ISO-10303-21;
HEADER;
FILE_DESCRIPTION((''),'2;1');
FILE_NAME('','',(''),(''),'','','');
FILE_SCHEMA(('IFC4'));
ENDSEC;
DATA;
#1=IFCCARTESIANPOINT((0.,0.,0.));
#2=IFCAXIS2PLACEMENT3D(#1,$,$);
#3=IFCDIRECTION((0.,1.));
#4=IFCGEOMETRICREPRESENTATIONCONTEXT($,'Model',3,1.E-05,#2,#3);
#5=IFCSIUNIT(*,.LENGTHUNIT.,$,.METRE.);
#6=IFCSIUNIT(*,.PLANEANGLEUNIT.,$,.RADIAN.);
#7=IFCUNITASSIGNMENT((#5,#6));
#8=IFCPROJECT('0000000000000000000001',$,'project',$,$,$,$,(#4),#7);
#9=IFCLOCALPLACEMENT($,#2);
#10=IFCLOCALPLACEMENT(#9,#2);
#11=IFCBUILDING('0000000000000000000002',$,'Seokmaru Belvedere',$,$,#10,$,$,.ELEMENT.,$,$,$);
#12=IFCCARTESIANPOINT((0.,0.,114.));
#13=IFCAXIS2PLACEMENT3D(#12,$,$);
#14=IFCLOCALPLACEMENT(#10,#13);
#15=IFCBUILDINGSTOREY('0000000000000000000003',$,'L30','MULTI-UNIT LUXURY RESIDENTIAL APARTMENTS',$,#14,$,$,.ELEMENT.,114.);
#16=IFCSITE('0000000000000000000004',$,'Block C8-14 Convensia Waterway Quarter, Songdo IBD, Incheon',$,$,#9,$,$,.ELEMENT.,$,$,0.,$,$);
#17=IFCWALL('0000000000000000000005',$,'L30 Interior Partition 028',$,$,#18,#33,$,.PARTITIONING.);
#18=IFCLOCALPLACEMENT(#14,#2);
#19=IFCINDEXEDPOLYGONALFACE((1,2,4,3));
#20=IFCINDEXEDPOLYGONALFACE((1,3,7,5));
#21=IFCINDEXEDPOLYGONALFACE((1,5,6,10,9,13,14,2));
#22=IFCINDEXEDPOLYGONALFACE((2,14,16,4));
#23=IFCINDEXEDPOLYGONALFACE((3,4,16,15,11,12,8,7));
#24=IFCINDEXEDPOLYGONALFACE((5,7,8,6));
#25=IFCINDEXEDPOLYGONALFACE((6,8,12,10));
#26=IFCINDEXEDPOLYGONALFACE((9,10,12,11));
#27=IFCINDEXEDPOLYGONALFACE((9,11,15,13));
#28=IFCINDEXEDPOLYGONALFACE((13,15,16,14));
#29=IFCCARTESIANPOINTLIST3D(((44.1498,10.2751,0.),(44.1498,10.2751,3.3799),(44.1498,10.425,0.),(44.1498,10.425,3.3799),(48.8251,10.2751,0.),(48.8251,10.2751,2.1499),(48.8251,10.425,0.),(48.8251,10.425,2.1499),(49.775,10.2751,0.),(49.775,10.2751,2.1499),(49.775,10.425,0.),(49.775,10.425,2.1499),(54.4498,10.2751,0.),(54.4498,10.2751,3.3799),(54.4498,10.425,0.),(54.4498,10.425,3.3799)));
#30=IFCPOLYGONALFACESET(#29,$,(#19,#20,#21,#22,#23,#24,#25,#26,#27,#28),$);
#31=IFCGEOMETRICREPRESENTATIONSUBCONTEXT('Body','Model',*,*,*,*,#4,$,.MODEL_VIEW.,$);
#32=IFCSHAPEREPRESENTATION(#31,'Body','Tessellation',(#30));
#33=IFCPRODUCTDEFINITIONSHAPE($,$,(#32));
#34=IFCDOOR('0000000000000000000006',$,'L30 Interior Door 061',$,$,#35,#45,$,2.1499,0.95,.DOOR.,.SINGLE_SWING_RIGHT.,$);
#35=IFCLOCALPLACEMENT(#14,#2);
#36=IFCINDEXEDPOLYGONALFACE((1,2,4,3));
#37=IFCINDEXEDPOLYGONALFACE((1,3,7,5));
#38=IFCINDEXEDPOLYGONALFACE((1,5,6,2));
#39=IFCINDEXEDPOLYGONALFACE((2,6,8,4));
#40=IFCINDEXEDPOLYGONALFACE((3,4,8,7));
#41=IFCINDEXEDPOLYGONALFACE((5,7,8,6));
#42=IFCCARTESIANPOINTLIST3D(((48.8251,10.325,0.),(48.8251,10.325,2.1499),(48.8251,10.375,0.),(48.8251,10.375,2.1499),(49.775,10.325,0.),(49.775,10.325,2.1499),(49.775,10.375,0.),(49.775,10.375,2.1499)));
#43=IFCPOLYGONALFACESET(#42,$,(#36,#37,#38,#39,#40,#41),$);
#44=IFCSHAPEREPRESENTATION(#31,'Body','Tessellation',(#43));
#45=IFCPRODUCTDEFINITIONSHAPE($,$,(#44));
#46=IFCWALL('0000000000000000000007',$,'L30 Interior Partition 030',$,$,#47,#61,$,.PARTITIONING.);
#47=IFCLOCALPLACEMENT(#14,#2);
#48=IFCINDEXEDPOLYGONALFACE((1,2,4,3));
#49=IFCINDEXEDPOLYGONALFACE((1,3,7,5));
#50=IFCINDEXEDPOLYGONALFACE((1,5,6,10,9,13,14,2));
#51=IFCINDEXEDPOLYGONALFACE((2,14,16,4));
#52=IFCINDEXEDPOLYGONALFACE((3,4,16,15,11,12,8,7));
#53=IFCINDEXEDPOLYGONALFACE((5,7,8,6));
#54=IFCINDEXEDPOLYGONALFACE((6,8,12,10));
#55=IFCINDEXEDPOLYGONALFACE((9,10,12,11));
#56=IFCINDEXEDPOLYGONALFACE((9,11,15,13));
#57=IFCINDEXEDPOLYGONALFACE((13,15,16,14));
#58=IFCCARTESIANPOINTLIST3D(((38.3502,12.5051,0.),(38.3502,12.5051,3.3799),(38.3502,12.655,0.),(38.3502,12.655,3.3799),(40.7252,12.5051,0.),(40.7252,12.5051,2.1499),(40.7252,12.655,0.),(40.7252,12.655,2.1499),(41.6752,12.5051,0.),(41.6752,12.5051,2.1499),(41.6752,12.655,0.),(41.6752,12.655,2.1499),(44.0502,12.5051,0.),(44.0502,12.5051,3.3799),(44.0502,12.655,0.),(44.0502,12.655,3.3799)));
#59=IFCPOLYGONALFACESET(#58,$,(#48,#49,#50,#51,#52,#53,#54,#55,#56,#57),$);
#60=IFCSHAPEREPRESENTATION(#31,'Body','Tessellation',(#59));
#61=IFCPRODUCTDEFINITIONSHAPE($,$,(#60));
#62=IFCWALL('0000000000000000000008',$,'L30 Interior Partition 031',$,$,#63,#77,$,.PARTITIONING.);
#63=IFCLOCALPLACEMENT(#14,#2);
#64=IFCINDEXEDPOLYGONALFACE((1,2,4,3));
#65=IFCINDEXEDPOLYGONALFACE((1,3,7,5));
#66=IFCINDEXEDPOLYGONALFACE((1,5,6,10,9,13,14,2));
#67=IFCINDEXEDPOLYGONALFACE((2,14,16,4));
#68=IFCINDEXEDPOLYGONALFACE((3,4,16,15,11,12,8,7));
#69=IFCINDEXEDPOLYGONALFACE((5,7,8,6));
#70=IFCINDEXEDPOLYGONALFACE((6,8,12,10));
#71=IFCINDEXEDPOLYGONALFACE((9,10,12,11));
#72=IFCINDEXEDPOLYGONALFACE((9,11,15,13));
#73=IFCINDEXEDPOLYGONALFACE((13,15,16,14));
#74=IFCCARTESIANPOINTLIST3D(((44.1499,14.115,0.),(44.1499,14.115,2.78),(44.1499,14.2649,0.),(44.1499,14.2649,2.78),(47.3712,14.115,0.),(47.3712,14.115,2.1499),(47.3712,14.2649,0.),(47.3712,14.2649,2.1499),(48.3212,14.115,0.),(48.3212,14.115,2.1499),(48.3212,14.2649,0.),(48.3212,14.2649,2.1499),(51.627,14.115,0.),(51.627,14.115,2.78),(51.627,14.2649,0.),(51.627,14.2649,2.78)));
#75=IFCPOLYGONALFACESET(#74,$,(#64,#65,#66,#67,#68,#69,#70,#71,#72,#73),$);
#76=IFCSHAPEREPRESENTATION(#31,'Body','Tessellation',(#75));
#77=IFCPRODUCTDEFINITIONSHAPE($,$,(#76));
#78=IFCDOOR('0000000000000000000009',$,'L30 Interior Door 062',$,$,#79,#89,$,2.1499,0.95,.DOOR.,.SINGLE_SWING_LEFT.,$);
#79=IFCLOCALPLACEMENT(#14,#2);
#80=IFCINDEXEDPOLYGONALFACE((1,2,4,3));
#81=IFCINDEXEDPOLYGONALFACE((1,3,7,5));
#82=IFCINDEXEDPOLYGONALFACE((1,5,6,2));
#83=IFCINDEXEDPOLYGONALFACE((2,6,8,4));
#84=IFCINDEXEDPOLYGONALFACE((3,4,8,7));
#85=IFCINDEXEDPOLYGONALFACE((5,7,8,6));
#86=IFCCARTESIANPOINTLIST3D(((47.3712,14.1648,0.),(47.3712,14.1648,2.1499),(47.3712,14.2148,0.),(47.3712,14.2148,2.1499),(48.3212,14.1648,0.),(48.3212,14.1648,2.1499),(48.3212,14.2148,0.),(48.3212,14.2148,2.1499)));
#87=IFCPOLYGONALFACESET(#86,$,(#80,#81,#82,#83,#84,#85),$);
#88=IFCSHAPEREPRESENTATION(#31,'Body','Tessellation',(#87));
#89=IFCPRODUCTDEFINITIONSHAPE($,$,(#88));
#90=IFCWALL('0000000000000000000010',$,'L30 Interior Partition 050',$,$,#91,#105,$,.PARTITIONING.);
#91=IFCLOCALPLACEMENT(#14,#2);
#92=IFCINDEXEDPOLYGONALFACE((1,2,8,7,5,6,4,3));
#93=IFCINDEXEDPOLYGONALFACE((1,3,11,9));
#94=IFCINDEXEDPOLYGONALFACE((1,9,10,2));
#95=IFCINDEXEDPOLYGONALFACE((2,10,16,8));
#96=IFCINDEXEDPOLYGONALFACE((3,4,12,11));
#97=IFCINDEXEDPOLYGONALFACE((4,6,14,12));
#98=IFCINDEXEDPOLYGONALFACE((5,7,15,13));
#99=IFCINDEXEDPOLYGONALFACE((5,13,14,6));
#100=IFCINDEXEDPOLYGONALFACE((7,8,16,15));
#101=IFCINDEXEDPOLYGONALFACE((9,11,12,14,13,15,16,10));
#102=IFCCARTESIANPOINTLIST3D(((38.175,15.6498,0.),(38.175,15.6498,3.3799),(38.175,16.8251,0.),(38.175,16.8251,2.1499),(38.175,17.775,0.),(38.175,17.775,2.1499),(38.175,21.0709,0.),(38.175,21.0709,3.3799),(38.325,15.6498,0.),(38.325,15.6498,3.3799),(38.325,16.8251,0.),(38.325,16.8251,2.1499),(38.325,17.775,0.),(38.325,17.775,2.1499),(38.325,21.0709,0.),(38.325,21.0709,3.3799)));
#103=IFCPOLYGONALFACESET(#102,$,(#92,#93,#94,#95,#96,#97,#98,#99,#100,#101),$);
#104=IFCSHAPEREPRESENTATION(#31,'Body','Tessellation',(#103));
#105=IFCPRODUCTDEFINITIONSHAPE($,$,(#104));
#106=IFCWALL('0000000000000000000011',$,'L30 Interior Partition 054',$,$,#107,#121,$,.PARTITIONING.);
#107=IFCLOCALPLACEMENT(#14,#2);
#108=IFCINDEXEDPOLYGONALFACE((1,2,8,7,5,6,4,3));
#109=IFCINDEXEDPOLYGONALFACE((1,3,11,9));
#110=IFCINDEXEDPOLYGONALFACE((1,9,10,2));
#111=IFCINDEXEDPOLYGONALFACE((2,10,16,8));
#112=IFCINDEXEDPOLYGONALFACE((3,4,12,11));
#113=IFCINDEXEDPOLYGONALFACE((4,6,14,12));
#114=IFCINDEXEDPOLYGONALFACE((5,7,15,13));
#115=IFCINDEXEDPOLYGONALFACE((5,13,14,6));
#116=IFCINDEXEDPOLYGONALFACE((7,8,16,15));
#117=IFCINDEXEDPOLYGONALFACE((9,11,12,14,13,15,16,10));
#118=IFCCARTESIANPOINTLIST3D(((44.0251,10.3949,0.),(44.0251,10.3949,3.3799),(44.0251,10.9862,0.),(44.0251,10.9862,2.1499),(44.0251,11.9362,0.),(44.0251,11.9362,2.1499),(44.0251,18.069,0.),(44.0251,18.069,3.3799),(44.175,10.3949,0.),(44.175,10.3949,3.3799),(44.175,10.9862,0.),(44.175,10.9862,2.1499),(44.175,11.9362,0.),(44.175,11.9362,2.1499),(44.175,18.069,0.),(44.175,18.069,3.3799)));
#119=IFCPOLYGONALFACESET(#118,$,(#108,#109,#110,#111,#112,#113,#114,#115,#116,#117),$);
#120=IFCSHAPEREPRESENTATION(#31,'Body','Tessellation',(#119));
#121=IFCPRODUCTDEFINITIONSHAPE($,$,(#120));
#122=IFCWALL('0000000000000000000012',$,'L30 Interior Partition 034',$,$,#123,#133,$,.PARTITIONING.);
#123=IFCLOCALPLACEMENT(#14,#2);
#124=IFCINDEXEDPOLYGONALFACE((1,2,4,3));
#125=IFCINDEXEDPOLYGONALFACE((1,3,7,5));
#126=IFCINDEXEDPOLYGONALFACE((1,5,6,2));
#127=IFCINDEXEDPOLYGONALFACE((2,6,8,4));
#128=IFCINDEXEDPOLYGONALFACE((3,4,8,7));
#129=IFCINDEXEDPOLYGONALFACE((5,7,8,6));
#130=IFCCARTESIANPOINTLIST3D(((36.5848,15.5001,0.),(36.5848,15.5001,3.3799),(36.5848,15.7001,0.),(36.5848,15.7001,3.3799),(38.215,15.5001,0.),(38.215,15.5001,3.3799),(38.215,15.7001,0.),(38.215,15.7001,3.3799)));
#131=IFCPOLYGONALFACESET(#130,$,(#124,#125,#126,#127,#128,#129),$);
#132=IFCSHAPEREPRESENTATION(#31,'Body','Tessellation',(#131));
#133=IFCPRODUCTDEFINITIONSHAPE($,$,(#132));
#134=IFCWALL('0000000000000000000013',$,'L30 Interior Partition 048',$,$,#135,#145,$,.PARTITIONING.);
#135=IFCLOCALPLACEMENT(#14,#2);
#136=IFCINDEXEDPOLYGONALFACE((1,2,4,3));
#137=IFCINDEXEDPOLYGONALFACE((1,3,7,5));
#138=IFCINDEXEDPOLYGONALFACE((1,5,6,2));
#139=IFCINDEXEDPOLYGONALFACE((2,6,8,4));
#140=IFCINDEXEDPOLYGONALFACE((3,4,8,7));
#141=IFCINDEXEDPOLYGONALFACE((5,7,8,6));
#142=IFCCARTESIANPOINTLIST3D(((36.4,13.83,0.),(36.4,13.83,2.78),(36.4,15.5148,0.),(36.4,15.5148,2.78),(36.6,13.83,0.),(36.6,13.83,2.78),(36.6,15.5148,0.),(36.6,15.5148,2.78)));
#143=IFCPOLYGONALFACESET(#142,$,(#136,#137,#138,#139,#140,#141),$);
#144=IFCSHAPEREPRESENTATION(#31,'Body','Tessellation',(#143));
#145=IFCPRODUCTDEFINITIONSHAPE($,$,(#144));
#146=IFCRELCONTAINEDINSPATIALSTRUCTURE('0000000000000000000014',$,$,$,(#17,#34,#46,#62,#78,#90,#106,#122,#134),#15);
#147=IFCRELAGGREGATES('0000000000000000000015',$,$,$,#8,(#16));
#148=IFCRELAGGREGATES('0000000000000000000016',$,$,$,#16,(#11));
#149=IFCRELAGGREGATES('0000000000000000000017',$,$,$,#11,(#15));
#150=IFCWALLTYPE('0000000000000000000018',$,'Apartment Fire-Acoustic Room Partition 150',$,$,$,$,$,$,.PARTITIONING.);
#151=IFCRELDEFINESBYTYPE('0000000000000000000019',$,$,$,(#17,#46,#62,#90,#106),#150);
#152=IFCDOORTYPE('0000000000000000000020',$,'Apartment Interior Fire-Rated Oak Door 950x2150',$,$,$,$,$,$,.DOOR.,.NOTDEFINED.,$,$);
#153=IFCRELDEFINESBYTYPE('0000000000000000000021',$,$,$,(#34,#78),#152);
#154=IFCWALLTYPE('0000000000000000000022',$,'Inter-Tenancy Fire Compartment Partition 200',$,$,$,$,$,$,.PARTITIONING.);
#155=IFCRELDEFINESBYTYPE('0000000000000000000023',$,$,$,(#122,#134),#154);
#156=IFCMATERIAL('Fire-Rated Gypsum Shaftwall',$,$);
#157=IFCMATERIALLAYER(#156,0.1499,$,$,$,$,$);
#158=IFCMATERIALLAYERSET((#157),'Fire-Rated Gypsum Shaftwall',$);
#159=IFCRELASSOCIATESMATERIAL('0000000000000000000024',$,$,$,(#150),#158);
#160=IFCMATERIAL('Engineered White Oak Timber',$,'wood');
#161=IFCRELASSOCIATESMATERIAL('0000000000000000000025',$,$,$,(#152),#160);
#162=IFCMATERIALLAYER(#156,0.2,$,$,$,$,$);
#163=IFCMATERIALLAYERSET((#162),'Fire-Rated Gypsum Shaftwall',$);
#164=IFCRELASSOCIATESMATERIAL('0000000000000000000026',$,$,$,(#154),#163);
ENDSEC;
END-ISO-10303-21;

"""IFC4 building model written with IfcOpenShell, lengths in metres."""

from ifc_helpers import new_model, si_unit, direction, frame, frame_2d, origin, place, context, subcontext, project, spatial, rectangle, extrude, source, transform, mapped, material, layer, layer_set, type_object, type_shapes, element, fill, save


model = new_model("IFC4")

# Units and contexts
model_context = context("Model", 3, precision=1e-05, world=origin(), true_north=direction((0.0, 1.0)))
body_context = subcontext(model_context, "Body", "Model", "MODEL_VIEW")
ifc_project = project(units=[si_unit("LENGTHUNIT", "METRE"), si_unit("PLANEANGLEUNIT", "RADIAN")], contexts=[model_context])

# Site, building, storey
site_placement = place(None, origin())
site = spatial("IfcSite", under=ifc_project, at=site_placement, Name="Block C8-14 Convensia Waterway Quarter, Songdo IBD, Incheon", CompositionType="ELEMENT", RefElevation=0.0)
building_placement = place(site_placement, origin())
building = spatial("IfcBuilding", under=site, at=building_placement, Name="Seokmaru Belvedere", CompositionType="ELEMENT")
storey_placement = place(building_placement, frame((0.0, 0.0, 114.0)))
storey = spatial("IfcBuildingStorey", under=building, at=storey_placement, Name="L30", Description="MULTI-UNIT LUXURY RESIDENTIAL APARTMENTS", CompositionType="ELEMENT", Elevation=114.0)

# Wall, opening, door
ifc_material_1 = material(Name="Fire-Rated Gypsum Shaftwall")
ifc_layer_1 = layer(ifc_material_1, 0.1499)
ifc_layer_set_1 = layer_set([ifc_layer_1], Name="Fire-Rated Gypsum Shaftwall")
wall_type_1 = type_object("IfcWallType", Name="Apartment Fire-Acoustic Room Partition 150", PredefinedType="PARTITIONING", material=ifc_layer_set_1)
wall_1_placement = place(storey_placement, frame((44.1499, 10.3501, 0.0), z_axis=(0.0, 0.0, 1.0), x_axis=(1.0, 0.0, 0.0)))
wall_1 = element("IfcWall", 1, at=wall_1_placement, inside=storey, type_object=wall_type_1, Name="L30 Interior Partition 028", PredefinedType="PARTITIONING", context=body_context, shape_type="SweptSolid", body=[
    extrude(rectangle(XDim=10.3, YDim=0.1499, at=frame_2d((5.1499, 0.0))), origin(), (0.0, 0.0, 1.0), 3.3799),
])
opening_1_placement = place(wall_1_placement, frame((4.675, 0.0, 0.0)))
opening_1 = element("IfcOpeningElement", 2, at=opening_1_placement, cuts=wall_1, PredefinedType="OPENING", context=body_context, shape_type="SweptSolid", body=[
    extrude(rectangle(XDim=0.95, YDim=2.1499, at=frame_2d((0.4751, 1.075))), frame((0.0, 0.085, 0.0), z_axis=(0.0, -1.0, 0.0), x_axis=(1.0, 0.0, 0.0)), (0.0, 0.0, 1.0), 0.1699),
])
ifc_material_2 = material(Name="Engineered White Oak Timber", Category="wood")
door_type = type_object("IfcDoorType", Name="Apartment Interior Fire-Rated Oak Door 950x2150", OperationType="NOTDEFINED", PredefinedType="DOOR", material=ifc_material_2)
shared_shape_1 = source(origin(), body_context, "Body", "SweptSolid", [
    extrude(rectangle(XDim=0.95, YDim=2.1499, at=frame_2d((0.4751, 1.075))), frame((0.0, 0.0249, 0.0), z_axis=(0.0, -1.0, 0.0), x_axis=(1.0, 0.0, 0.0)), (0.0, 0.0, 1.0), 0.05),
])
type_shapes(door_type, [shared_shape_1])
door_1_placement = place(opening_1_placement, origin())
door_1 = element("IfcDoor", 3, at=door_1_placement, inside=storey, type_object=door_type, Name="L30 Interior Door 061", OperationType="SINGLE_SWING_RIGHT", OverallHeight=2.1499, OverallWidth=0.95, PredefinedType="DOOR", context=body_context, shape_type="MappedRepresentation", body=[
    mapped(shared_shape_1, transform((0.0, 0.0, 0.0), scale=1.0)),
])
fill(opening_1, door_1)

# Wall, opening
wall_2_placement = place(storey_placement, frame((38.3501, 12.5801, 0.0), z_axis=(0.0, 0.0, 1.0), x_axis=(1.0, 0.0, 0.0)))
wall_2 = element("IfcWall", 4, at=wall_2_placement, inside=storey, type_object=wall_type_1, Name="L30 Interior Partition 030", PredefinedType="PARTITIONING", context=body_context, shape_type="SweptSolid", body=[
    extrude(rectangle(XDim=5.7, YDim=0.1499, at=frame_2d((2.8501, 0.0))), origin(), (0.0, 0.0, 1.0), 3.3799),
])
opening_2_placement = place(wall_2_placement, frame((2.375, 0.0, 0.0)))
element("IfcOpeningElement", 5, at=opening_2_placement, cuts=wall_2, PredefinedType="OPENING", context=body_context, shape_type="SweptSolid", body=[
    extrude(rectangle(XDim=0.95, YDim=2.1499, at=frame_2d((0.4751, 1.075))), frame((0.0, 0.085, 0.0), z_axis=(0.0, -1.0, 0.0), x_axis=(1.0, 0.0, 0.0)), (0.0, 0.0, 1.0), 0.1699),
])

# Wall, opening, door
wall_3_placement = place(storey_placement, frame((44.1499, 14.1899, 0.0), z_axis=(0.0, 0.0, 1.0), x_axis=(1.0, 0.0, 0.0)))
wall_3 = element("IfcWall", 6, at=wall_3_placement, inside=storey, type_object=wall_type_1, Name="L30 Interior Partition 031", PredefinedType="PARTITIONING", context=body_context, shape_type="SweptSolid", body=[
    extrude(rectangle(XDim=7.4771, YDim=0.1499, at=frame_2d((3.7385, 0.0))), origin(), (0.0, 0.0, 1.0), 2.78),
])
opening_3_placement = place(wall_3_placement, frame((3.2212, 0.0, 0.0)))
opening_3 = element("IfcOpeningElement", 7, at=opening_3_placement, cuts=wall_3, PredefinedType="OPENING", context=body_context, shape_type="SweptSolid", body=[
    extrude(rectangle(XDim=0.95, YDim=2.1499, at=frame_2d((0.4751, 1.075))), frame((0.0, 0.085, 0.0), z_axis=(0.0, -1.0, 0.0), x_axis=(1.0, 0.0, 0.0)), (0.0, 0.0, 1.0), 0.1699),
])
door_2_placement = place(opening_3_placement, origin())
door_2 = element("IfcDoor", 8, at=door_2_placement, inside=storey, type_object=door_type, Name="L30 Interior Door 062", OperationType="SINGLE_SWING_LEFT", OverallHeight=2.1499, OverallWidth=0.95, PredefinedType="DOOR", context=body_context, shape_type="MappedRepresentation", body=[
    mapped(shared_shape_1, transform((0.0, 0.0, 0.0), scale=1.0)),
])
fill(opening_3, door_2)

# Walls, openings
wall_4_placement = place(storey_placement, frame((38.25, 15.6499, 0.0), z_axis=(0.0, 0.0, 1.0), x_axis=(0.0, 1.0, 0.0)))
wall_4 = element("IfcWall", 9, at=wall_4_placement, inside=storey, type_object=wall_type_1, Name="L30 Interior Partition 050", PredefinedType="PARTITIONING", context=body_context, shape_type="SweptSolid", body=[
    extrude(rectangle(XDim=5.4211, YDim=0.1499, at=frame_2d((2.7104, 0.0))), origin(), (0.0, 0.0, 1.0), 3.3799),
])
opening_4_placement = place(wall_4_placement, frame((1.175, 0.0, 0.0)))
element("IfcOpeningElement", 10, at=opening_4_placement, cuts=wall_4, PredefinedType="OPENING", context=body_context, shape_type="SweptSolid", body=[
    extrude(rectangle(XDim=0.95, YDim=2.1499, at=frame_2d((0.4751, 1.075))), frame((0.0, 0.085, 0.0), z_axis=(0.0, -1.0, 0.0), x_axis=(1.0, 0.0, 0.0)), (0.0, 0.0, 1.0), 0.1699),
])
wall_5_placement = place(storey_placement, frame((44.1001, 10.395, 0.0), z_axis=(0.0, 0.0, 1.0), x_axis=(0.0, 1.0, 0.0)))
wall_5 = element("IfcWall", 11, at=wall_5_placement, inside=storey, type_object=wall_type_1, Name="L30 Interior Partition 054", PredefinedType="PARTITIONING", context=body_context, shape_type="SweptSolid", body=[
    extrude(rectangle(XDim=7.6741, YDim=0.1499, at=frame_2d((3.8369, 0.0))), origin(), (0.0, 0.0, 1.0), 3.3799),
])
opening_5_placement = place(wall_5_placement, frame((0.5911, 0.0, 0.0)))
element("IfcOpeningElement", 12, at=opening_5_placement, cuts=wall_5, PredefinedType="OPENING", context=body_context, shape_type="SweptSolid", body=[
    extrude(rectangle(XDim=0.95, YDim=2.1499, at=frame_2d((0.4751, 1.075))), frame((0.0, 0.085, 0.0), z_axis=(0.0, -1.0, 0.0), x_axis=(1.0, 0.0, 0.0)), (0.0, 0.0, 1.0), 0.1699),
])

# Walls
ifc_layer_2 = layer(ifc_material_1, 0.2)
ifc_layer_set_2 = layer_set([ifc_layer_2], Name="Fire-Rated Gypsum Shaftwall")
wall_type_2 = type_object("IfcWallType", Name="Inter-Tenancy Fire Compartment Partition 200", PredefinedType="PARTITIONING", material=ifc_layer_set_2)
wall_6_placement = place(storey_placement, frame((36.585, 15.6001, 0.0), z_axis=(0.0, 0.0, 1.0), x_axis=(1.0, 0.0, 0.0)))
element("IfcWall", 13, at=wall_6_placement, inside=storey, type_object=wall_type_2, Name="L30 Interior Partition 034", PredefinedType="PARTITIONING", context=body_context, shape_type="SweptSolid", body=[
    extrude(rectangle(XDim=1.6301, YDim=0.2, at=frame_2d((0.8149, 0.0))), origin(), (0.0, 0.0, 1.0), 3.3799),
])
wall_7_placement = place(storey_placement, frame((36.5, 13.8301, 0.0), z_axis=(0.0, 0.0, 1.0), x_axis=(0.0, 1.0, 0.0)))
element("IfcWall", 14, at=wall_7_placement, inside=storey, type_object=wall_type_2, Name="L30 Interior Partition 048", PredefinedType="PARTITIONING", context=body_context, shape_type="SweptSolid", body=[
    extrude(rectangle(XDim=1.6848, YDim=0.2, at=frame_2d((0.8423, 0.0))), origin(), (0.0, 0.0, 1.0), 2.78),
])

save(model, "model.ifc")
